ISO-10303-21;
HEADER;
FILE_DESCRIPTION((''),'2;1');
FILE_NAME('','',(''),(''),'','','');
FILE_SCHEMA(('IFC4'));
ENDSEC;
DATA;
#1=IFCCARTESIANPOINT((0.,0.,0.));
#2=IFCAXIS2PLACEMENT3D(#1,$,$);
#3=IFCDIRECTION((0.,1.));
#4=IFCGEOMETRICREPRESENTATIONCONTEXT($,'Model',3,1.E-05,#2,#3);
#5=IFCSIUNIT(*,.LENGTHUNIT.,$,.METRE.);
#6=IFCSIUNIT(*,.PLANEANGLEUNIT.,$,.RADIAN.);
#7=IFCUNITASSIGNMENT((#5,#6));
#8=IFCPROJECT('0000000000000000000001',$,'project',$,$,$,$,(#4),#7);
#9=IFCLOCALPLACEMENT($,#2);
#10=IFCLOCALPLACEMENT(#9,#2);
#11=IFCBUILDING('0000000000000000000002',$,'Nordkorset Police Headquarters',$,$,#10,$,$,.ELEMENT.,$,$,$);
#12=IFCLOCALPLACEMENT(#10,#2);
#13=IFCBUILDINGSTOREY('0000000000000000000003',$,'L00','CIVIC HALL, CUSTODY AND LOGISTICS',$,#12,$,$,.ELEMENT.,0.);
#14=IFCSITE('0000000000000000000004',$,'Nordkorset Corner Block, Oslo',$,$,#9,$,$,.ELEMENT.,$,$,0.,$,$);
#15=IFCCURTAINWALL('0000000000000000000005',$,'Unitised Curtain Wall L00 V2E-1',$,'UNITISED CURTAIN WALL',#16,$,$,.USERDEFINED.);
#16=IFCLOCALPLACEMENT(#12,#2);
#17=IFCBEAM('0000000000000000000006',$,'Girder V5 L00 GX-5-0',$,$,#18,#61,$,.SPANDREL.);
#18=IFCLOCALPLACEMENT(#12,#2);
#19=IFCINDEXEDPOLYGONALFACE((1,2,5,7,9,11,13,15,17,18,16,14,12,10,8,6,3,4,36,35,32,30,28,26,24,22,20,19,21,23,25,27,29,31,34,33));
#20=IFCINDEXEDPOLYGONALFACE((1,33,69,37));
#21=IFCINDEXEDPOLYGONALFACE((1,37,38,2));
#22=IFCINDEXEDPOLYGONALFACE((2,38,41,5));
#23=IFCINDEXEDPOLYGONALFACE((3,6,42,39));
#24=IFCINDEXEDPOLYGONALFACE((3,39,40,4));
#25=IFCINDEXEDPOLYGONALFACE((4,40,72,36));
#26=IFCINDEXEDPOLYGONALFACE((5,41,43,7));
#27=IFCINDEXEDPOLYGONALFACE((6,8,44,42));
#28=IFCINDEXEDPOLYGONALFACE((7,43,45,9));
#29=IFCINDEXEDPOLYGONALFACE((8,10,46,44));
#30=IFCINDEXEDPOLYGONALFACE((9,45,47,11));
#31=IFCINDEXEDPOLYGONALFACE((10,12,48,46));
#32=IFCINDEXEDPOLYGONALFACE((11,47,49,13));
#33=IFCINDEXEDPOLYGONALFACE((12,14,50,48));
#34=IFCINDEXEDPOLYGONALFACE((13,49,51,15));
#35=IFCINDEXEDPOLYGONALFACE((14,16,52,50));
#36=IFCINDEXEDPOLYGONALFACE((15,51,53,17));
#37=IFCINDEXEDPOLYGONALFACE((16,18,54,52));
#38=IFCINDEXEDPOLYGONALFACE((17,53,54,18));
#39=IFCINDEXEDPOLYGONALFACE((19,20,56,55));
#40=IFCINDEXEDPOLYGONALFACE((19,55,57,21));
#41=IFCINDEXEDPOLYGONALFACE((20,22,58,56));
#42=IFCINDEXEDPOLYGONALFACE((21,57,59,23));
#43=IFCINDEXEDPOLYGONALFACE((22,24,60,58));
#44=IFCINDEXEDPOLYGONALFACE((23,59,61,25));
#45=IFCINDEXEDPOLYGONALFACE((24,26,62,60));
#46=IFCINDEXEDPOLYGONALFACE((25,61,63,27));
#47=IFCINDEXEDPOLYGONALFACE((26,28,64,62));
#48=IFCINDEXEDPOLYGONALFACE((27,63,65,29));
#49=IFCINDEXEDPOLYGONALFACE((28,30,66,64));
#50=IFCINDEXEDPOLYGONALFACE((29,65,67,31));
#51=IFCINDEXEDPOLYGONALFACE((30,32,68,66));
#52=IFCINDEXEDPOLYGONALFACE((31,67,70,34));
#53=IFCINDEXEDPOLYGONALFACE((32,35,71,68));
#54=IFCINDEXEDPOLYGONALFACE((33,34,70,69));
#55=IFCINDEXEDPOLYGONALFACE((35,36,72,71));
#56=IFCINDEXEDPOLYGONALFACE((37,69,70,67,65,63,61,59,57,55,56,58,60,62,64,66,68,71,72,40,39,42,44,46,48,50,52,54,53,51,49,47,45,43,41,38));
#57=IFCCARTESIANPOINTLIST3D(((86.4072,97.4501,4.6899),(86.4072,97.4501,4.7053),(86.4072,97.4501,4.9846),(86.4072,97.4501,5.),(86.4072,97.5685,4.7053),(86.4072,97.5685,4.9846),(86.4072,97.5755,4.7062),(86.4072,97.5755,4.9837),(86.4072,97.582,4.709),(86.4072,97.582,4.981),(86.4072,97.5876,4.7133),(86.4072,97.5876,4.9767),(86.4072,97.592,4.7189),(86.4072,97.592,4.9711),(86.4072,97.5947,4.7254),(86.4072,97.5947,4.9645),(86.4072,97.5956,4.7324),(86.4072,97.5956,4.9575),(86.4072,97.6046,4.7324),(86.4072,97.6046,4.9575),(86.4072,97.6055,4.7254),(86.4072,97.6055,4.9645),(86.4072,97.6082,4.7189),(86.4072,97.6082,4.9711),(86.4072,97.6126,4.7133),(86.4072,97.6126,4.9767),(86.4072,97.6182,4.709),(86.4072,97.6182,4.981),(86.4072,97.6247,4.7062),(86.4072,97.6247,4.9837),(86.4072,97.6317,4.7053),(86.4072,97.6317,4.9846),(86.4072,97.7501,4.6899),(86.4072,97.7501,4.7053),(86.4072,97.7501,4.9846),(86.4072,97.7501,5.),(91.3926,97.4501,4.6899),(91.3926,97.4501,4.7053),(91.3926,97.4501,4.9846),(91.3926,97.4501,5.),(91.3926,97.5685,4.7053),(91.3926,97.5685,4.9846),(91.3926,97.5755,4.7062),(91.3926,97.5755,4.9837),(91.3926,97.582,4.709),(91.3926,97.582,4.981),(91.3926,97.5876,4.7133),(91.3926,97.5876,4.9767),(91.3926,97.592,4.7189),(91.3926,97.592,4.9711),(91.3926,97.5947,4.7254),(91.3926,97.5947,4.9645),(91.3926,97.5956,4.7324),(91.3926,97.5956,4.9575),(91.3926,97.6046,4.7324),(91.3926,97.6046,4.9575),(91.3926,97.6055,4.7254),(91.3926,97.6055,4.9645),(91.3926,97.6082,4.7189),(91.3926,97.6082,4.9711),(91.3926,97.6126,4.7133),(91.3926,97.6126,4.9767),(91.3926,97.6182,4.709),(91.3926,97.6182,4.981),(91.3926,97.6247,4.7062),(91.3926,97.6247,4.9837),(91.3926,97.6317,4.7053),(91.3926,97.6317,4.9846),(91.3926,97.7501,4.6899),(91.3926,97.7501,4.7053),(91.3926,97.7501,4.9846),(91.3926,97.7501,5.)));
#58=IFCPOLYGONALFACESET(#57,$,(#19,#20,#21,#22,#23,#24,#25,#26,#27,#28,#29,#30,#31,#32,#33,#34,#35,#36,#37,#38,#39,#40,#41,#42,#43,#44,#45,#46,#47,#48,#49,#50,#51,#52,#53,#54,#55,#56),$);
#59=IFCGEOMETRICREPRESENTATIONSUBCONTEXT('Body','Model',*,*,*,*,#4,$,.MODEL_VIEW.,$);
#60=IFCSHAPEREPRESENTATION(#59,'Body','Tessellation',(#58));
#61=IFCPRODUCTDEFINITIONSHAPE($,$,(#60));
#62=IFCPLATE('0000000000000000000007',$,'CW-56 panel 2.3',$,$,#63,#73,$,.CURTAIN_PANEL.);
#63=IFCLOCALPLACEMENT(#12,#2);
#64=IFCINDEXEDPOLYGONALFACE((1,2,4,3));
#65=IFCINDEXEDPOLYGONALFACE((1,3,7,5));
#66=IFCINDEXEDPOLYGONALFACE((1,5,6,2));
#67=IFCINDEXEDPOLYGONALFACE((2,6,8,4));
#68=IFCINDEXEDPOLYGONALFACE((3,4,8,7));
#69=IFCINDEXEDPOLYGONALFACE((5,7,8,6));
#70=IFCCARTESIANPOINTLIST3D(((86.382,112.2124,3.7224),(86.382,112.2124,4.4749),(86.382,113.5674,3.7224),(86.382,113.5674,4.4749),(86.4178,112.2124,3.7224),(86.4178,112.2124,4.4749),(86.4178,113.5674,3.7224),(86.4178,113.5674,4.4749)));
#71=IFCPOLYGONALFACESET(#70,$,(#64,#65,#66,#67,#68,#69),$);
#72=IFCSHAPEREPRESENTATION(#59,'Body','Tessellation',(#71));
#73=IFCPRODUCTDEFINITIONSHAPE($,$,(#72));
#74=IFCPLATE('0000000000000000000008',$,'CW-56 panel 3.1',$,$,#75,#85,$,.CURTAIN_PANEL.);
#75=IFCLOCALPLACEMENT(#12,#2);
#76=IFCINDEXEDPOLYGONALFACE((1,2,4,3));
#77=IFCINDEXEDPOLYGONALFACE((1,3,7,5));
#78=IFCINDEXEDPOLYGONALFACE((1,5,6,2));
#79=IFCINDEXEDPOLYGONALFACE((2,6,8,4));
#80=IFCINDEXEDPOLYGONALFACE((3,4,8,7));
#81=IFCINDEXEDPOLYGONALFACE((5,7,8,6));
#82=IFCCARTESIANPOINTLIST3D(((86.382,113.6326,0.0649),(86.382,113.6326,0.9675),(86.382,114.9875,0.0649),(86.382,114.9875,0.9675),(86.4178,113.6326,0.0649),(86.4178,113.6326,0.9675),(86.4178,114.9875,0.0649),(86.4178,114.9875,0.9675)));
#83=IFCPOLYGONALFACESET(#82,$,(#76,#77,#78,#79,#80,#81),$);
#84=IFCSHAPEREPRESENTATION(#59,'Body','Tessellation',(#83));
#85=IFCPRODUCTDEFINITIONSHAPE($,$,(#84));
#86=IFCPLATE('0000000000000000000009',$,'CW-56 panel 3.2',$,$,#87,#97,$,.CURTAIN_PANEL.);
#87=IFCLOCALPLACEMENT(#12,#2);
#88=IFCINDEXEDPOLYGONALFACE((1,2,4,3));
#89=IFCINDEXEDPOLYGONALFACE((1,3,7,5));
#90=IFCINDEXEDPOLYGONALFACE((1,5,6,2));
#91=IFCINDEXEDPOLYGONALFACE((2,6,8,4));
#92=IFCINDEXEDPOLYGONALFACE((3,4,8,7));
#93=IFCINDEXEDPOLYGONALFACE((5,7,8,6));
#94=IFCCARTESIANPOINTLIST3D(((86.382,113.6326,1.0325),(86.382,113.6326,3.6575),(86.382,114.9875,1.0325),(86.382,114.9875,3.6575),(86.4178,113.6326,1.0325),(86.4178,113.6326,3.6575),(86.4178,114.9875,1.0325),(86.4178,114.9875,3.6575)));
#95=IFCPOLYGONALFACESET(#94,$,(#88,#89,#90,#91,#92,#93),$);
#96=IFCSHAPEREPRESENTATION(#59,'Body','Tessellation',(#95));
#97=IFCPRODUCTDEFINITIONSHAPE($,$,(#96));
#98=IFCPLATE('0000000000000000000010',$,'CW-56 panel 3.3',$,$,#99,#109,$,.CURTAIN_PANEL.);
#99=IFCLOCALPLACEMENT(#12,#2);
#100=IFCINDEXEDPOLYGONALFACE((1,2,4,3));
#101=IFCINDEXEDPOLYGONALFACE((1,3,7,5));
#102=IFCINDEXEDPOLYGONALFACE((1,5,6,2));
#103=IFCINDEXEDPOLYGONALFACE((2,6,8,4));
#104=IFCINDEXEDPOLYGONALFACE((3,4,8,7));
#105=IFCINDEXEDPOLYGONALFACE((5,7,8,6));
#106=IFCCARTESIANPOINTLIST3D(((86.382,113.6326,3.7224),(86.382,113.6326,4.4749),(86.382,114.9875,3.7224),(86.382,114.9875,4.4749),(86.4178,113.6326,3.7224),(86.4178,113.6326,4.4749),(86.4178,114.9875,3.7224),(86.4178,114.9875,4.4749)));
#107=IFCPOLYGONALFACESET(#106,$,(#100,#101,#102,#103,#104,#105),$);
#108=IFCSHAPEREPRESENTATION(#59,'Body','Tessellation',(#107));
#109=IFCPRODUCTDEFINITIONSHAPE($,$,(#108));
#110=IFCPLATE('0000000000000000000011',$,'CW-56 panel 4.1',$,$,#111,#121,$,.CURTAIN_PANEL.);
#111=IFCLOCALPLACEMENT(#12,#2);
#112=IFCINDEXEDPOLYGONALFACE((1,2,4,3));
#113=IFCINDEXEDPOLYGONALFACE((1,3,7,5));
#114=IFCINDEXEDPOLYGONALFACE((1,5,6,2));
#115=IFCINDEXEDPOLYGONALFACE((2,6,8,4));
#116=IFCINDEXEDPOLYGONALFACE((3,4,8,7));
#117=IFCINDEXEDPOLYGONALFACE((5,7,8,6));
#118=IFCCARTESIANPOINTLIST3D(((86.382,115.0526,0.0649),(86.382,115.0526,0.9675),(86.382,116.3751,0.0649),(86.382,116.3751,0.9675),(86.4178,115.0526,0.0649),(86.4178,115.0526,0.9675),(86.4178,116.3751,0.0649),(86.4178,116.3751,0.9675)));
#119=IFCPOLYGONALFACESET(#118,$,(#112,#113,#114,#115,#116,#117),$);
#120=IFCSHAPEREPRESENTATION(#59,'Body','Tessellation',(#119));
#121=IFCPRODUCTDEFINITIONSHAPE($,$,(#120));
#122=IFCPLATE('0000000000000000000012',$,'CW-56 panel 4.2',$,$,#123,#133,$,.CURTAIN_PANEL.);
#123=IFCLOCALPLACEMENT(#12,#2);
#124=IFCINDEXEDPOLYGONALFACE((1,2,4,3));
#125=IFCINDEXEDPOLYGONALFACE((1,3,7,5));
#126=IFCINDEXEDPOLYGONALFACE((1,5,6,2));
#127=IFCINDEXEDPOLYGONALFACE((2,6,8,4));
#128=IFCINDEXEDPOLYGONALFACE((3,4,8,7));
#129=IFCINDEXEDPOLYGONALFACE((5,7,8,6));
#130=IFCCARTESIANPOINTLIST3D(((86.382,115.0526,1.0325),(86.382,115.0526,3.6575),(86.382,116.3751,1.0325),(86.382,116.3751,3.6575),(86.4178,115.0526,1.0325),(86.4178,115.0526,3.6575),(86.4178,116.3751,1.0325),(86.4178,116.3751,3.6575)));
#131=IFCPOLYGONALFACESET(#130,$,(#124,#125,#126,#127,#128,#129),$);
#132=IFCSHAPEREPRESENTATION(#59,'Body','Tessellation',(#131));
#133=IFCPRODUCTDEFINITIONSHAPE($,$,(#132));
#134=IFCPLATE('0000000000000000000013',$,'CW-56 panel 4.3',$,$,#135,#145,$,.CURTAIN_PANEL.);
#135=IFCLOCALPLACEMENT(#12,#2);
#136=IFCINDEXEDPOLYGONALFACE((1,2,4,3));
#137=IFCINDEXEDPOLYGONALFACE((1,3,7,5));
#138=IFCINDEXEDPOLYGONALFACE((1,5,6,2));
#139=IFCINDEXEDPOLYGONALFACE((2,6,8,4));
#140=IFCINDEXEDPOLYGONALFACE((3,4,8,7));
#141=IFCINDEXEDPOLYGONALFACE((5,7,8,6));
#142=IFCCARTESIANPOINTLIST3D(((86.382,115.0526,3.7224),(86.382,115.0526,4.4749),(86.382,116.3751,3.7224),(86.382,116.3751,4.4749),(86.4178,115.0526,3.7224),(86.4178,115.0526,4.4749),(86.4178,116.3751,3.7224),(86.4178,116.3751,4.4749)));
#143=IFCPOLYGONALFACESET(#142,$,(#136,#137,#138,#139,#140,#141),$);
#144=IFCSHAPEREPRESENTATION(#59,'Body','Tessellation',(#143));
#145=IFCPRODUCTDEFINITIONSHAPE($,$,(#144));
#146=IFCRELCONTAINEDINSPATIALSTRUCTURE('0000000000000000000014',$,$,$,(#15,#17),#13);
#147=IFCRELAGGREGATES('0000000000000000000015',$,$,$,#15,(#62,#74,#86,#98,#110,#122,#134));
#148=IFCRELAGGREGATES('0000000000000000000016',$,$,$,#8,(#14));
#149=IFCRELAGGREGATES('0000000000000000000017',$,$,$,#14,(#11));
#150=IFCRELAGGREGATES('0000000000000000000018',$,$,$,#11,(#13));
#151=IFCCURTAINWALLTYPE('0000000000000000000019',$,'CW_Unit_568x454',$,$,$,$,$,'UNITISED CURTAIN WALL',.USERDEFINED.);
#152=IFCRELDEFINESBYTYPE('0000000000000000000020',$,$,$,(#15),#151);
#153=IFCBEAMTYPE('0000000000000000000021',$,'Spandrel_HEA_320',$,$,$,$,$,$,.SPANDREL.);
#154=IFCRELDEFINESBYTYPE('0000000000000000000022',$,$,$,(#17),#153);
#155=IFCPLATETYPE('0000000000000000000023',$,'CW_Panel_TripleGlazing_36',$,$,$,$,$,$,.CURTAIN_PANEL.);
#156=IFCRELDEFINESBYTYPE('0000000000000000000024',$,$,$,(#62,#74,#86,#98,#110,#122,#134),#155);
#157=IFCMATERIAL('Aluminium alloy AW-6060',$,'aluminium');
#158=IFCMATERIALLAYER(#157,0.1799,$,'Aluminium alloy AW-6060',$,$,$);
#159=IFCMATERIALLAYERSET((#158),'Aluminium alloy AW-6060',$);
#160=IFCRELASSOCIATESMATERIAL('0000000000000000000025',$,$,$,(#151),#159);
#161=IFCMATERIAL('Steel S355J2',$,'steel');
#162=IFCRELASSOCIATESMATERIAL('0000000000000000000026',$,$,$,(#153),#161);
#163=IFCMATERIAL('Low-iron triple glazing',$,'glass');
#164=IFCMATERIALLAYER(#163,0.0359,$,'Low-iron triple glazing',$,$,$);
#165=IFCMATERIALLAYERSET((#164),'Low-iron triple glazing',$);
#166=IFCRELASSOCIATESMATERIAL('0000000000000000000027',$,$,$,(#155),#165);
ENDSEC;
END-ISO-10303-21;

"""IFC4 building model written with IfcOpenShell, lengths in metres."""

from ifc_helpers import new_model, si_unit, direction, frame, origin, origin_2d, place, context, subcontext, project, spatial, rectangle, i_section, extrude, material, layer, layer_set, material_profile, profile_set, type_object, element, aggregate, save


model = new_model("IFC4")

# Units and contexts
model_context = context("Model", 3, precision=1e-05, world=origin(), true_north=direction((0.0, 1.0)))
body_context = subcontext(model_context, "Body", "Model", "MODEL_VIEW")
ifc_project = project(units=[si_unit("LENGTHUNIT", "METRE"), si_unit("PLANEANGLEUNIT", "RADIAN")], contexts=[model_context])

# Site, building, storey
site_placement = place(None, origin())
site = spatial("IfcSite", under=ifc_project, at=site_placement, Name="Nordkorset Corner Block, Oslo", CompositionType="ELEMENT", RefElevation=0.0)
building_placement = place(site_placement, origin())
building = spatial("IfcBuilding", under=site, at=building_placement, Name="Nordkorset Police Headquarters", CompositionType="ELEMENT")
storey_placement = place(building_placement, origin())
storey = spatial("IfcBuildingStorey", under=building, at=storey_placement, Name="L00", Description="CIVIC HALL, CUSTODY AND LOGISTICS", CompositionType="ELEMENT", Elevation=0.0)

# Curtain wall
ifc_material_1 = material(Name="Aluminium alloy AW-6060", Category="aluminium")
ifc_layer_1 = layer(ifc_material_1, 0.1799, Name="Aluminium alloy AW-6060")
ifc_layer_set_1 = layer_set([ifc_layer_1], Name="Aluminium alloy AW-6060")
curtain_wall_type = type_object("IfcCurtainWallType", Name="CW_Unit_568x454", ElementType="UNITISED CURTAIN WALL", PredefinedType="USERDEFINED", material=ifc_layer_set_1)
curtain_wall_placement = place(storey_placement, origin())
curtain_wall = element("IfcCurtainWall", 1, at=curtain_wall_placement, inside=storey, type_object=curtain_wall_type, Name="Unitised Curtain Wall L00 V2E-1", ObjectType="UNITISED CURTAIN WALL", PredefinedType="USERDEFINED")

# Beam
ifc_material_2 = material(Name="Steel S355J2", Category="steel")
ifc_material_profile_1 = material_profile(ifc_material_2, i_section(OverallWidth=0.3, OverallDepth=0.3101, WebThickness=0.009, FlangeThickness=0.0154, FilletRadius=0.0271, at=origin_2d()), Name="HEA 320")
ifc_profile_set_1 = profile_set([ifc_material_profile_1], Name="Steel S355J2")
beam_type_1 = type_object("IfcBeamType", Name="Spandrel_HEA_320", PredefinedType="SPANDREL", material=ifc_profile_set_1)
beam_1_placement = place(storey_placement, frame((86.4072, 97.6001, 4.845), z_axis=(1.0, 0.0, 0.0), x_axis=(0.0, 1.0, 0.0)))
element("IfcBeam", 2, at=beam_1_placement, inside=storey, type_object=beam_type_1, Name="Girder V5 L00 GX-5-0", PredefinedType="SPANDREL", context=body_context, shape_type="SweptSolid", body=[
    extrude(i_section(OverallWidth=0.3, OverallDepth=0.3101, WebThickness=0.009, FlangeThickness=0.0154, FilletRadius=0.0271, at=origin_2d()), origin(), (0.0, 0.0, 1.0), 4.9854),
])

# Plates
ifc_material_3 = material(Name="Low-iron triple glazing", Category="glass")
ifc_layer_2 = layer(ifc_material_3, 0.0359, Name="Low-iron triple glazing")
ifc_layer_set_2 = layer_set([ifc_layer_2], Name="Low-iron triple glazing")
plate_type = type_object("IfcPlateType", Name="CW_Panel_TripleGlazing_36", PredefinedType="CURTAIN_PANEL", material=ifc_layer_set_2)
plate_1_placement = place(storey_placement, frame((86.3999, 112.8899, 3.7224), z_axis=(0.0, 0.0, 1.0), x_axis=(0.0, 1.0, 0.0)))
plate_1 = element("IfcPlate", 3, at=plate_1_placement, type_object=plate_type, Name="CW-56 panel 2.3", PredefinedType="CURTAIN_PANEL", context=body_context, shape_type="SweptSolid", body=[
    extrude(rectangle(XDim=1.355, YDim=0.0359, at=origin_2d()), origin(), (0.0, 0.0, 1.0), 0.7524),
])
plate_2_placement = place(storey_placement, frame((86.3999, 114.3101, 0.0649), z_axis=(0.0, 0.0, 1.0), x_axis=(0.0, 1.0, 0.0)))
plate_2 = element("IfcPlate", 4, at=plate_2_placement, type_object=plate_type, Name="CW-56 panel 3.1", PredefinedType="CURTAIN_PANEL", context=body_context, shape_type="SweptSolid", body=[
    extrude(rectangle(XDim=1.355, YDim=0.0359, at=origin_2d()), origin(), (0.0, 0.0, 1.0), 0.9026),
])
plate_3_placement = place(storey_placement, frame((86.3999, 114.3101, 1.0325), z_axis=(0.0, 0.0, 1.0), x_axis=(0.0, 1.0, 0.0)))
plate_3 = element("IfcPlate", 5, at=plate_3_placement, type_object=plate_type, Name="CW-56 panel 3.2", PredefinedType="CURTAIN_PANEL", context=body_context, shape_type="SweptSolid", body=[
    extrude(rectangle(XDim=1.355, YDim=0.0359, at=origin_2d()), origin(), (0.0, 0.0, 1.0), 2.625),
])
plate_4_placement = place(storey_placement, frame((86.3999, 114.3101, 3.7224), z_axis=(0.0, 0.0, 1.0), x_axis=(0.0, 1.0, 0.0)))
plate_4 = element("IfcPlate", 6, at=plate_4_placement, type_object=plate_type, Name="CW-56 panel 3.3", PredefinedType="CURTAIN_PANEL", context=body_context, shape_type="SweptSolid", body=[
    extrude(rectangle(XDim=1.355, YDim=0.0359, at=origin_2d()), origin(), (0.0, 0.0, 1.0), 0.7524),
])
plate_5_placement = place(storey_placement, frame((86.3999, 115.7139, 0.0649), z_axis=(0.0, 0.0, 1.0), x_axis=(0.0, 1.0, 0.0)))
plate_5 = element("IfcPlate", 7, at=plate_5_placement, type_object=plate_type, Name="CW-56 panel 4.1", PredefinedType="CURTAIN_PANEL", context=body_context, shape_type="SweptSolid", body=[
    extrude(rectangle(XDim=1.3225, YDim=0.0359, at=origin_2d()), origin(), (0.0, 0.0, 1.0), 0.9026),
])
plate_6_placement = place(storey_placement, frame((86.3999, 115.7139, 1.0325), z_axis=(0.0, 0.0, 1.0), x_axis=(0.0, 1.0, 0.0)))
plate_6 = element("IfcPlate", 8, at=plate_6_placement, type_object=plate_type, Name="CW-56 panel 4.2", PredefinedType="CURTAIN_PANEL", context=body_context, shape_type="SweptSolid", body=[
    extrude(rectangle(XDim=1.3225, YDim=0.0359, at=origin_2d()), origin(), (0.0, 0.0, 1.0), 2.625),
])
plate_7_placement = place(storey_placement, frame((86.3999, 115.7139, 3.7224), z_axis=(0.0, 0.0, 1.0), x_axis=(0.0, 1.0, 0.0)))
plate_7 = element("IfcPlate", 9, at=plate_7_placement, type_object=plate_type, Name="CW-56 panel 4.3", PredefinedType="CURTAIN_PANEL", context=body_context, shape_type="SweptSolid", body=[
    extrude(rectangle(XDim=1.3225, YDim=0.0359, at=origin_2d()), origin(), (0.0, 0.0, 1.0), 0.7524),
])
aggregate(curtain_wall, [plate_1, plate_2, plate_3, plate_4, plate_5, plate_6, plate_7])

save(model, "model.ifc")
